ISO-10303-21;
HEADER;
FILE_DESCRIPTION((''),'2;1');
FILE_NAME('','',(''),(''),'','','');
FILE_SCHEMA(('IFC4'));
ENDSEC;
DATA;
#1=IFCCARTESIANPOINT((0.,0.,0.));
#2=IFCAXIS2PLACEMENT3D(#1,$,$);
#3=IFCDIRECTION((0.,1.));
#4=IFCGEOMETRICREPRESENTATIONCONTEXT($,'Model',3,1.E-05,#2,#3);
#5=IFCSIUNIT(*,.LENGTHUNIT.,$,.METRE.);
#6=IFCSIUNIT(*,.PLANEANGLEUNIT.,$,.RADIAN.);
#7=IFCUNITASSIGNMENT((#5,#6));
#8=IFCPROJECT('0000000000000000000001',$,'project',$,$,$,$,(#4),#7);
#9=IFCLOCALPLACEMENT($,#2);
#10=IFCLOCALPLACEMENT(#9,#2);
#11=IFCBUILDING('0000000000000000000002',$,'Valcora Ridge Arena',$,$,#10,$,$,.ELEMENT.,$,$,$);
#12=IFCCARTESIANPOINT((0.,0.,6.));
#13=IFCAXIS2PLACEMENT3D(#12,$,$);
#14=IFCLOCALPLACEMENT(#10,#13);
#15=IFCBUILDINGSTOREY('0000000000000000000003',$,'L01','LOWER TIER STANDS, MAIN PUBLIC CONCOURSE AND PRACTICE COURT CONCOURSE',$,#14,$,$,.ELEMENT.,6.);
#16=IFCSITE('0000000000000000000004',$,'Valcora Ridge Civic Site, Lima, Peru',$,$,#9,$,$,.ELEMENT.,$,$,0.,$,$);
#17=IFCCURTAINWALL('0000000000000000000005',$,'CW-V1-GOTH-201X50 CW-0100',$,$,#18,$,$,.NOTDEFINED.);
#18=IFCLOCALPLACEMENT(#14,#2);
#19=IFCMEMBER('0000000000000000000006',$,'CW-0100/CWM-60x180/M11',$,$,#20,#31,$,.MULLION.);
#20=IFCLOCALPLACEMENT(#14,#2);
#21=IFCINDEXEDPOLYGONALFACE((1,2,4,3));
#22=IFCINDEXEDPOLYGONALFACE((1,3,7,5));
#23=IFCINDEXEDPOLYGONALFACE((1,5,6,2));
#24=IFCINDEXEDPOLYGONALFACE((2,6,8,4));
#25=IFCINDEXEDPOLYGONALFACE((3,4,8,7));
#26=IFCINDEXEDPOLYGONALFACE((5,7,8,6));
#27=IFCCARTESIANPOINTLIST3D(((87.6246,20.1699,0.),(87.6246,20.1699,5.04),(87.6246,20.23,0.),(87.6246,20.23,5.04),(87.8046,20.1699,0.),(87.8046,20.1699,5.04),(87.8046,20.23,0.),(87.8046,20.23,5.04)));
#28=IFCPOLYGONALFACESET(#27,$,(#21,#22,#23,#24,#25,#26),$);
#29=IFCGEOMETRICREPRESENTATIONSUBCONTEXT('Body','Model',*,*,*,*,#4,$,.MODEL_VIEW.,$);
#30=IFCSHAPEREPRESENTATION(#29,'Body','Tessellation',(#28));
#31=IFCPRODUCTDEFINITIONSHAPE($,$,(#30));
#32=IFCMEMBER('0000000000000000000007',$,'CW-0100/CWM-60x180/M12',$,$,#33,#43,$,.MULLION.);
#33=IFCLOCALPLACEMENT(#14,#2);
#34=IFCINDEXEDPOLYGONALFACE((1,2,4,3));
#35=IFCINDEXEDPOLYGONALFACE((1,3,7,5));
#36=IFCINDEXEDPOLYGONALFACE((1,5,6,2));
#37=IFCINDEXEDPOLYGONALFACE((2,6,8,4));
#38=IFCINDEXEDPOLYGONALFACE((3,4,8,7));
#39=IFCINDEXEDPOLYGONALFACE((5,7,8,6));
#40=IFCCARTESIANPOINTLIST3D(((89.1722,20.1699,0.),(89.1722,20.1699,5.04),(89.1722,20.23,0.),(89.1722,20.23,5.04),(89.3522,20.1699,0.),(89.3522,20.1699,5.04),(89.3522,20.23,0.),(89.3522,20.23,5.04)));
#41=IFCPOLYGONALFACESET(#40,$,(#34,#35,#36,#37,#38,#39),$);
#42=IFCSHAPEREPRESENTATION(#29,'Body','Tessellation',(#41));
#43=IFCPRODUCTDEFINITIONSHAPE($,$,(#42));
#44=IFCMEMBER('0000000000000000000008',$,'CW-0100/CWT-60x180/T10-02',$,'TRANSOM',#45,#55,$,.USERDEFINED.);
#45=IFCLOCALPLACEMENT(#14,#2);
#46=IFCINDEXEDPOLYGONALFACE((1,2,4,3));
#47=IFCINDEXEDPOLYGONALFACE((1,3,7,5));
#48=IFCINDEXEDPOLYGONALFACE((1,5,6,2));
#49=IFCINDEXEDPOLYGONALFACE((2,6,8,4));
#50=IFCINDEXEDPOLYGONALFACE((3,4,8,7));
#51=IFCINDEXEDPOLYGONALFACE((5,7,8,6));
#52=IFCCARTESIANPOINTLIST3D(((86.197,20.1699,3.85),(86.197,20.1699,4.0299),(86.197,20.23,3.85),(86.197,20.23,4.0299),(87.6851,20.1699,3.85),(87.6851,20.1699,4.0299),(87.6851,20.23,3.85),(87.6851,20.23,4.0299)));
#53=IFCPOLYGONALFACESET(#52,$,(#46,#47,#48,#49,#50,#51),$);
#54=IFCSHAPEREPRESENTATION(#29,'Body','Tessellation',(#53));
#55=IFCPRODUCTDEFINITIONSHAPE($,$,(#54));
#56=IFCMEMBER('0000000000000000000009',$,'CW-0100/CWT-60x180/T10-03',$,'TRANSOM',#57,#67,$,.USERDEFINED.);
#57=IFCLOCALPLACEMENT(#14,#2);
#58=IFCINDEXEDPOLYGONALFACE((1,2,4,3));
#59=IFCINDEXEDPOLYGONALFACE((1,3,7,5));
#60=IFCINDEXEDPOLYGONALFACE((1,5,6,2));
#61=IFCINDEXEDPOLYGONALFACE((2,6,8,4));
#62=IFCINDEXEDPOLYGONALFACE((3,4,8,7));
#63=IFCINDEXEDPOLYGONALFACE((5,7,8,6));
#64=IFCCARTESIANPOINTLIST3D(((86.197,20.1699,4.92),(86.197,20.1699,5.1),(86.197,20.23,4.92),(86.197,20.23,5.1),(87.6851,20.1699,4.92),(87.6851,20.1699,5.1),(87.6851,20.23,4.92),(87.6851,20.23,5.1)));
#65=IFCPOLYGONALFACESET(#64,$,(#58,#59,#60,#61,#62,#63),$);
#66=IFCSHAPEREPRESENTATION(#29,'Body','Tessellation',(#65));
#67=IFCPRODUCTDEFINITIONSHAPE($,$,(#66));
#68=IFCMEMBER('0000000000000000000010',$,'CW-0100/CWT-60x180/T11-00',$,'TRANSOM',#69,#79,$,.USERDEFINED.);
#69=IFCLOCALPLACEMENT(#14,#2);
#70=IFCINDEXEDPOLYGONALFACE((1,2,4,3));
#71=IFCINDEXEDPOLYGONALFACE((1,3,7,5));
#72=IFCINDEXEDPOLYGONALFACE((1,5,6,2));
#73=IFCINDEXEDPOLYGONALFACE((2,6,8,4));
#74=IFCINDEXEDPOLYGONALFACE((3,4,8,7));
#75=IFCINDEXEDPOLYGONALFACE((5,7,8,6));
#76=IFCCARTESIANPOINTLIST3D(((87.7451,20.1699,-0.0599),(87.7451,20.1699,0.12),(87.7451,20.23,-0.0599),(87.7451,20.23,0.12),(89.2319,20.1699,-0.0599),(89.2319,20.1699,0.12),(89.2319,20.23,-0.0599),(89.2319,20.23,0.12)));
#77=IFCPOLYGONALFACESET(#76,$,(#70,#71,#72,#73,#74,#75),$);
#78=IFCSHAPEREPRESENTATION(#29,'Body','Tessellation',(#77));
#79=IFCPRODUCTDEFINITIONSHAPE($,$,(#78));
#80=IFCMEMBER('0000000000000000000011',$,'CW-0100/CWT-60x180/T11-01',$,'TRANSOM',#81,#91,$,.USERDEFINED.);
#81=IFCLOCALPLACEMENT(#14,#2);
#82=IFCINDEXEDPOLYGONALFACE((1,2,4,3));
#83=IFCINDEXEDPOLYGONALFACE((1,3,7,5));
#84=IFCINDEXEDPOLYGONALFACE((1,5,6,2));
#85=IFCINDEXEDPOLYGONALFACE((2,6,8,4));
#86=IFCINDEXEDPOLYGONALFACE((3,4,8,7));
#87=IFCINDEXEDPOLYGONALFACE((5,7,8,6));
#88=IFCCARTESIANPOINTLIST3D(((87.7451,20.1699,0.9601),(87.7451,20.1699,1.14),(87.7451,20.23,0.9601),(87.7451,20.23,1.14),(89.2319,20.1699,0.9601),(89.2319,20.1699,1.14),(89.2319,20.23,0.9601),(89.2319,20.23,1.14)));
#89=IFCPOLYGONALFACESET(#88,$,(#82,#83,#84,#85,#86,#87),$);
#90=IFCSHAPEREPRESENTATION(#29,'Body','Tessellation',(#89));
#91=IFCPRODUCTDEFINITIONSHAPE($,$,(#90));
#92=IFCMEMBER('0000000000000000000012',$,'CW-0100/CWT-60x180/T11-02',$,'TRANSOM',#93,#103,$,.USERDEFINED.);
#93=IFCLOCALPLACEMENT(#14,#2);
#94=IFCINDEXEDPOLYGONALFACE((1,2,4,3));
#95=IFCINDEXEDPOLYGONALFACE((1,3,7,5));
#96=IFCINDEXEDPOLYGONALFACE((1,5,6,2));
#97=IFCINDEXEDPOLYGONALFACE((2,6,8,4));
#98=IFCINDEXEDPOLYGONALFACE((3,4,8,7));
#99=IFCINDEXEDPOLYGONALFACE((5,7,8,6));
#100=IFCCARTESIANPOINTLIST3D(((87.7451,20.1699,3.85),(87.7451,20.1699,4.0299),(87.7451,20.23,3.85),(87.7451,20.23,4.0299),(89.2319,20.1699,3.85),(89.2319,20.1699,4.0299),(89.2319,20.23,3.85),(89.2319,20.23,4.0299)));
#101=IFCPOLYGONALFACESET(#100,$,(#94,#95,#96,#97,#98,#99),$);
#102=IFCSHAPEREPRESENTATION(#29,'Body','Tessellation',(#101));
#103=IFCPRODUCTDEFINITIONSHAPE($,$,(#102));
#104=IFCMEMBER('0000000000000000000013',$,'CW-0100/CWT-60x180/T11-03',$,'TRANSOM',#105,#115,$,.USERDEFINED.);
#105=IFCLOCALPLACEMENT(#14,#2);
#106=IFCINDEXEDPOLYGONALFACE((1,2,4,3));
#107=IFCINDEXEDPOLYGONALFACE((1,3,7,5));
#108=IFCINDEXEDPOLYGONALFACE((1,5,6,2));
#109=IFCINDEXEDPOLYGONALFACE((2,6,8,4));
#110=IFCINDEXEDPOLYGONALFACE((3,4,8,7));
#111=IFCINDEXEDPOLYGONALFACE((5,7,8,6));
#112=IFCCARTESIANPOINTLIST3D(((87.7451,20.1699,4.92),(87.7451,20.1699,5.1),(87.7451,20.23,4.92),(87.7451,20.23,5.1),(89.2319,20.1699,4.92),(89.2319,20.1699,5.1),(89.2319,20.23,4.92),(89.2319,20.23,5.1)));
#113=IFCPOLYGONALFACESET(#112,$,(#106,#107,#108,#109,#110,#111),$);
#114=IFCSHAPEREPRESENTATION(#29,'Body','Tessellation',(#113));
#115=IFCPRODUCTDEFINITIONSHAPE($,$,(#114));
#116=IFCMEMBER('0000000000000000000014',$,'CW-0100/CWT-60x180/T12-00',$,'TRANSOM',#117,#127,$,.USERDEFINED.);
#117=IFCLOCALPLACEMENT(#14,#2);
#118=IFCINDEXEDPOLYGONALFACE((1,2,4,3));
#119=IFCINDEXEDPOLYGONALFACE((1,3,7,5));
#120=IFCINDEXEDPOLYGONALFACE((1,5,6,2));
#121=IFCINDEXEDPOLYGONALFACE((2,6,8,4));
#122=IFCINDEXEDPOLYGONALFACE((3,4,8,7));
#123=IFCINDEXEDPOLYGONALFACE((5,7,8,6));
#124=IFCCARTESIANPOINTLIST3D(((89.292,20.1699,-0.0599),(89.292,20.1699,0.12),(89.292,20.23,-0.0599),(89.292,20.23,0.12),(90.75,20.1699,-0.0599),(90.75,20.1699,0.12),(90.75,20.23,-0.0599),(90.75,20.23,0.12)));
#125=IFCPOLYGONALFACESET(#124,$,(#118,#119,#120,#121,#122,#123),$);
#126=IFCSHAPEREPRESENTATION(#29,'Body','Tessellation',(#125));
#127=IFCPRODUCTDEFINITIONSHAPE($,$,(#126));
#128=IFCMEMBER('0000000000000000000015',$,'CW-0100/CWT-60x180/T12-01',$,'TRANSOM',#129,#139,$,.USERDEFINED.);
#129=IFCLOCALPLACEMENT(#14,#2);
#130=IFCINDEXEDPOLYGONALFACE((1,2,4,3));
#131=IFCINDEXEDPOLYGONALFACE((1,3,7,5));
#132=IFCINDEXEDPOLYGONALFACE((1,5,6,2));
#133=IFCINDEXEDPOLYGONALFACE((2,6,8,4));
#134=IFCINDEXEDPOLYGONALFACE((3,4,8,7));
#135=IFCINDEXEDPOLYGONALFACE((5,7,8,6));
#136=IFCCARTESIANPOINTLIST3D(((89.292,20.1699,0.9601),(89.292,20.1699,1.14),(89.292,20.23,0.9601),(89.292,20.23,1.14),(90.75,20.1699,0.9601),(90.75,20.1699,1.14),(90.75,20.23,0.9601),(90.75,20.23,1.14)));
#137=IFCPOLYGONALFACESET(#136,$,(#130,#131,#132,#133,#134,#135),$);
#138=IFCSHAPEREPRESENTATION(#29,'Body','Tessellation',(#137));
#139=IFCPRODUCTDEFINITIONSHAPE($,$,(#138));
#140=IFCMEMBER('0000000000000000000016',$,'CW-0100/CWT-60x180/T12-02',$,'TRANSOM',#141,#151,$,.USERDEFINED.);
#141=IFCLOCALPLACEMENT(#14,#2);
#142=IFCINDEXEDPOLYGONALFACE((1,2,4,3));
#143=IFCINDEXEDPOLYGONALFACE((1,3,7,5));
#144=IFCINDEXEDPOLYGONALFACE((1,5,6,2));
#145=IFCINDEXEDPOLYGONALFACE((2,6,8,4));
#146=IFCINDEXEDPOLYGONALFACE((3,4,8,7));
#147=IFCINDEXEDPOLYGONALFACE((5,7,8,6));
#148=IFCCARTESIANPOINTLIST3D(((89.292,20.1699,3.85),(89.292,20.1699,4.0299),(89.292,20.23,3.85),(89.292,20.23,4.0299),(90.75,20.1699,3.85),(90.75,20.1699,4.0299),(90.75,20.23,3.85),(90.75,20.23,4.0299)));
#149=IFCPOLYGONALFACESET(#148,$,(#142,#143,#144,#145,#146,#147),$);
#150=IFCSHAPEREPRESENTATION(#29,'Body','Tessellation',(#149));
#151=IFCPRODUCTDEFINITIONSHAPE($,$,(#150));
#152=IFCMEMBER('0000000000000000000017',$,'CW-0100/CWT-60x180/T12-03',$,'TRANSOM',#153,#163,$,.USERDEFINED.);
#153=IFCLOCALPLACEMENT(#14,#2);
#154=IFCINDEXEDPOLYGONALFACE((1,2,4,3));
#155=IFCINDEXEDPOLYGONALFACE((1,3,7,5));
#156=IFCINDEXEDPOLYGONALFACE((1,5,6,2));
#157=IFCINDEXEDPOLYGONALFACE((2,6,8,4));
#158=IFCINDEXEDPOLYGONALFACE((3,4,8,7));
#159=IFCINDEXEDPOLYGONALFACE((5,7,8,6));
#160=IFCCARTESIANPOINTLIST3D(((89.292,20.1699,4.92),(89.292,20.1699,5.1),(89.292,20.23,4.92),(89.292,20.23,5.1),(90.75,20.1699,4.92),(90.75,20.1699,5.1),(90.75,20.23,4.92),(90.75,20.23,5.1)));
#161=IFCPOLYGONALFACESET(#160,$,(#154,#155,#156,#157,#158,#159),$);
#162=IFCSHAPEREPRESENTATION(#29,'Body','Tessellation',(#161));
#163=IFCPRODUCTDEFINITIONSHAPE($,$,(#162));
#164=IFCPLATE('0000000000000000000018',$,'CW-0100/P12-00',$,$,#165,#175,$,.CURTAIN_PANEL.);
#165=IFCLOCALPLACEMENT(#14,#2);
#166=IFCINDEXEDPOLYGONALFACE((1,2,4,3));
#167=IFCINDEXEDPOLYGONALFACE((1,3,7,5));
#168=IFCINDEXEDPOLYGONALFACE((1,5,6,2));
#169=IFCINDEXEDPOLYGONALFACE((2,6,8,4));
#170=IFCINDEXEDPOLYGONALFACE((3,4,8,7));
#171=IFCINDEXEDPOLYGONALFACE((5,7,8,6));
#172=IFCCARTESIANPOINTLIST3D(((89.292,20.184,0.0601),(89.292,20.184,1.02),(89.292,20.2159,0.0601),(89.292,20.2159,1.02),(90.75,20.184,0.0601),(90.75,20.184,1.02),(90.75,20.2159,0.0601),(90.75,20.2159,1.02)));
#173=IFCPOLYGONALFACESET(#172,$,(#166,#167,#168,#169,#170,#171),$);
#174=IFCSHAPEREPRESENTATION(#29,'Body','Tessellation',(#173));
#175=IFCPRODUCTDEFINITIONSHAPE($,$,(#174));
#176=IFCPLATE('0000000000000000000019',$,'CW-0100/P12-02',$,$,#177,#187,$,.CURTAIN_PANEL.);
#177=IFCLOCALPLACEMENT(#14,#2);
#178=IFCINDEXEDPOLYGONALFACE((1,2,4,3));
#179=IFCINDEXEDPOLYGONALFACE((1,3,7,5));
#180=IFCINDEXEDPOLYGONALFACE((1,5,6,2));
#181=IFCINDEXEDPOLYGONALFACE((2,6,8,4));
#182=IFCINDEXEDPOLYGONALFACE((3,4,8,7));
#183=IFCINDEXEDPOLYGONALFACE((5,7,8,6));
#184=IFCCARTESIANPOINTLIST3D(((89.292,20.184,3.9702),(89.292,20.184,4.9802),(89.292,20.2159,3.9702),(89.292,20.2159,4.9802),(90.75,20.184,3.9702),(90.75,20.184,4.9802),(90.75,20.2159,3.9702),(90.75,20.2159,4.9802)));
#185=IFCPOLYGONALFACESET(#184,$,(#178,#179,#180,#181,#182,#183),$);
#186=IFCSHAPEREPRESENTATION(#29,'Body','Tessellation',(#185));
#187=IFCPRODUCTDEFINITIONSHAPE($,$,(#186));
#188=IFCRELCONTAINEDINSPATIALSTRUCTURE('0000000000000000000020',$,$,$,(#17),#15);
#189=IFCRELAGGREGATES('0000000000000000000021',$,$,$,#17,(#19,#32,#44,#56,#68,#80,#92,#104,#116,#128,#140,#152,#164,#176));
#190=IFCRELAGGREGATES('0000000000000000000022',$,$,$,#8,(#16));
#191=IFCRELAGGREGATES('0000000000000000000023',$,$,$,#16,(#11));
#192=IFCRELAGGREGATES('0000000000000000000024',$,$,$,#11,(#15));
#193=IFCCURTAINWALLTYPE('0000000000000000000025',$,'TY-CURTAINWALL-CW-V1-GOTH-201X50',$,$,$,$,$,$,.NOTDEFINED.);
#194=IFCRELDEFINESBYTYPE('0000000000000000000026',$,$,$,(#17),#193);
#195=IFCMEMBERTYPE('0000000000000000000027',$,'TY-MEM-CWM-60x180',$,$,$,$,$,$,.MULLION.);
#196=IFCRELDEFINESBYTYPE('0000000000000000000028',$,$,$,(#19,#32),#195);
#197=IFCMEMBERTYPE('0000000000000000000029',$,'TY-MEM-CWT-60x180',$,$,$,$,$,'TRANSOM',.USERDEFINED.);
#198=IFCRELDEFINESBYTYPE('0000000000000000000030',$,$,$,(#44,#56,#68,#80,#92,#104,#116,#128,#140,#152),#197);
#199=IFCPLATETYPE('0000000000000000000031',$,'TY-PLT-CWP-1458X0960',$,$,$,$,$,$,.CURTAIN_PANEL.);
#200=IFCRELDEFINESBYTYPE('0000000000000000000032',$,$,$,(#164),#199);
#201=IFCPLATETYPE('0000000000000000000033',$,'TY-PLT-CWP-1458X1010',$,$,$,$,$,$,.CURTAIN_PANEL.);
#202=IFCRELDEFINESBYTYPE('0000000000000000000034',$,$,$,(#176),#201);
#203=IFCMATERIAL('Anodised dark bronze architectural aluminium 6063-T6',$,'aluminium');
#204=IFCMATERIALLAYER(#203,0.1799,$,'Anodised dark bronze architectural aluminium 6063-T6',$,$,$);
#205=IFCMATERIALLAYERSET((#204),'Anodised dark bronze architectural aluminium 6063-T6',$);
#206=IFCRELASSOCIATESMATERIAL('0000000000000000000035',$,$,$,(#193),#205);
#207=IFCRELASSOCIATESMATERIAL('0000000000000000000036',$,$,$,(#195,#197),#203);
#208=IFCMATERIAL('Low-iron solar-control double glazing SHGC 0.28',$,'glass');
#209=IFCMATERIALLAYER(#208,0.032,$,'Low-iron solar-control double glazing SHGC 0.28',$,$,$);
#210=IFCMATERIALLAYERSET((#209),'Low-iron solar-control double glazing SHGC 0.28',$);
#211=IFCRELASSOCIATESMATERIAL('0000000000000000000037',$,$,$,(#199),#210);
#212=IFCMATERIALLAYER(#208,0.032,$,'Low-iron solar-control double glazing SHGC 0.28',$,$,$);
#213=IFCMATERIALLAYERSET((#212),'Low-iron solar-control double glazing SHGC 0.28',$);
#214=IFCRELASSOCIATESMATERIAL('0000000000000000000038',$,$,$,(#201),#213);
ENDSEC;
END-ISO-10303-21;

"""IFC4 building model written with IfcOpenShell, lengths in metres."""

from ifc_helpers import new_model, si_unit, direction, frame, origin, origin_2d, place, context, subcontext, project, spatial, rectangle, extrude, material, layer, layer_set, material_profile, profile_set, type_object, element, aggregate, save


model = new_model("IFC4")

# Units and contexts
model_context = context("Model", 3, precision=1e-05, world=origin(), true_north=direction((0.0, 1.0)))
body_context = subcontext(model_context, "Body", "Model", "MODEL_VIEW")
ifc_project = project(units=[si_unit("LENGTHUNIT", "METRE"), si_unit("PLANEANGLEUNIT", "RADIAN")], contexts=[model_context])

# Site, building, storey
site_placement = place(None, origin())
site = spatial("IfcSite", under=ifc_project, at=site_placement, Name="Valcora Ridge Civic Site, Lima, Peru", CompositionType="ELEMENT", RefElevation=0.0)
building_placement = place(site_placement, origin())
building = spatial("IfcBuilding", under=site, at=building_placement, Name="Valcora Ridge Arena", CompositionType="ELEMENT")
storey_placement = place(building_placement, frame((0.0, 0.0, 6.0)))
storey = spatial("IfcBuildingStorey", under=building, at=storey_placement, Name="L01", Description="LOWER TIER STANDS, MAIN PUBLIC CONCOURSE AND PRACTICE COURT CONCOURSE", CompositionType="ELEMENT", Elevation=6.0)

# Curtain wall, members, plates
ifc_material_1 = material(Name="Anodised dark bronze architectural aluminium 6063-T6", Category="aluminium")
ifc_layer_1 = layer(ifc_material_1, 0.1799, Name="Anodised dark bronze architectural aluminium 6063-T6")
ifc_layer_set_1 = layer_set([ifc_layer_1], Name="Anodised dark bronze architectural aluminium 6063-T6")
curtain_wall_type = type_object("IfcCurtainWallType", Name="TY-CURTAINWALL-CW-V1-GOTH-201X50", PredefinedType="NOTDEFINED", material=ifc_layer_set_1)
curtain_wall_placement = place(storey_placement, origin())
curtain_wall = element("IfcCurtainWall", 1, at=curtain_wall_placement, inside=storey, type_object=curtain_wall_type, Name="CW-V1-GOTH-201X50 CW-0100", PredefinedType="NOTDEFINED")
ifc_material_profile_1 = material_profile(ifc_material_1, rectangle(XDim=0.0601, YDim=0.1799, at=origin_2d()), Name="ALU MULLION 60x180")
ifc_profile_set_1 = profile_set([ifc_material_profile_1], Name="Anodised dark bronze architectural aluminium 6063-T6")
member_type_1 = type_object("IfcMemberType", Name="TY-MEM-CWM-60x180", PredefinedType="MULLION", material=ifc_profile_set_1)
member_1_placement = place(storey_placement, frame((87.7146, 20.2, 0.0), z_axis=(0.0, 0.0, 1.0), x_axis=(0.0, 1.0, 0.0)))
member_1 = element("IfcMember", 2, at=member_1_placement, type_object=member_type_1, Name="CW-0100/CWM-60x180/M11", PredefinedType="MULLION", context=body_context, shape_type="SweptSolid", body=[
    extrude(rectangle(XDim=0.0601, YDim=0.1799, at=origin_2d()), origin(), (0.0, 0.0, 1.0), 5.04),
])
member_2_placement = place(storey_placement, frame((89.2622, 20.2, 0.0), z_axis=(0.0, 0.0, 1.0), x_axis=(0.0, 1.0, 0.0)))
member_2 = element("IfcMember", 3, at=member_2_placement, type_object=member_type_1, Name="CW-0100/CWM-60x180/M12", PredefinedType="MULLION", context=body_context, shape_type="SweptSolid", body=[
    extrude(rectangle(XDim=0.0601, YDim=0.1799, at=origin_2d()), origin(), (0.0, 0.0, 1.0), 5.04),
])
ifc_material_profile_2 = material_profile(ifc_material_1, rectangle(XDim=0.0601, YDim=0.1799, at=origin_2d()), Name="ALU TRANSOM 60x180")
ifc_profile_set_2 = profile_set([ifc_material_profile_2], Name="Anodised dark bronze architectural aluminium 6063-T6")
member_type_2 = type_object("IfcMemberType", Name="TY-MEM-CWT-60x180", ElementType="TRANSOM", PredefinedType="USERDEFINED", material=ifc_profile_set_2)
member_3_placement = place(storey_placement, frame((86.197, 20.2, 3.9399), z_axis=(1.0, 0.0, 0.0), x_axis=(0.0, 1.0, 0.0)))
member_3 = element("IfcMember", 4, at=member_3_placement, type_object=member_type_2, Name="CW-0100/CWT-60x180/T10-02", ObjectType="TRANSOM", PredefinedType="USERDEFINED", context=body_context, shape_type="SweptSolid", body=[
    extrude(rectangle(XDim=0.0601, YDim=0.1799, at=origin_2d()), origin(), (0.0, 0.0, 1.0), 1.488),
])
member_4_placement = place(storey_placement, frame((86.197, 20.2, 5.01), z_axis=(1.0, 0.0, 0.0), x_axis=(0.0, 1.0, 0.0)))
member_4 = element("IfcMember", 5, at=member_4_placement, type_object=member_type_2, Name="CW-0100/CWT-60x180/T10-03", ObjectType="TRANSOM", PredefinedType="USERDEFINED", context=body_context, shape_type="SweptSolid", body=[
    extrude(rectangle(XDim=0.0601, YDim=0.1799, at=origin_2d()), origin(), (0.0, 0.0, 1.0), 1.488),
])
member_5_placement = place(storey_placement, frame((87.7451, 20.2, 0.03), z_axis=(1.0, 0.0, 0.0), x_axis=(0.0, 1.0, 0.0)))
member_5 = element("IfcMember", 6, at=member_5_placement, type_object=member_type_2, Name="CW-0100/CWT-60x180/T11-00", ObjectType="TRANSOM", PredefinedType="USERDEFINED", context=body_context, shape_type="SweptSolid", body=[
    extrude(rectangle(XDim=0.0601, YDim=0.1799, at=origin_2d()), origin(), (0.0, 0.0, 1.0), 1.4868),
])
member_6_placement = place(storey_placement, frame((87.7451, 20.2, 1.05), z_axis=(1.0, 0.0, 0.0), x_axis=(0.0, 1.0, 0.0)))
member_6 = element("IfcMember", 7, at=member_6_placement, type_object=member_type_2, Name="CW-0100/CWT-60x180/T11-01", ObjectType="TRANSOM", PredefinedType="USERDEFINED", context=body_context, shape_type="SweptSolid", body=[
    extrude(rectangle(XDim=0.0601, YDim=0.1799, at=origin_2d()), origin(), (0.0, 0.0, 1.0), 1.4868),
])
member_7_placement = place(storey_placement, frame((87.7451, 20.2, 3.9399), z_axis=(1.0, 0.0, 0.0), x_axis=(0.0, 1.0, 0.0)))
member_7 = element("IfcMember", 8, at=member_7_placement, type_object=member_type_2, Name="CW-0100/CWT-60x180/T11-02", ObjectType="TRANSOM", PredefinedType="USERDEFINED", context=body_context, shape_type="SweptSolid", body=[
    extrude(rectangle(XDim=0.0601, YDim=0.1799, at=origin_2d()), origin(), (0.0, 0.0, 1.0), 1.4868),
])
member_8_placement = place(storey_placement, frame((87.7451, 20.2, 5.01), z_axis=(1.0, 0.0, 0.0), x_axis=(0.0, 1.0, 0.0)))
member_8 = element("IfcMember", 9, at=member_8_placement, type_object=member_type_2, Name="CW-0100/CWT-60x180/T11-03", ObjectType="TRANSOM", PredefinedType="USERDEFINED", context=body_context, shape_type="SweptSolid", body=[
    extrude(rectangle(XDim=0.0601, YDim=0.1799, at=origin_2d()), origin(), (0.0, 0.0, 1.0), 1.4868),
])
member_9_placement = place(storey_placement, frame((89.292, 20.2, 0.03), z_axis=(1.0, 0.0, 0.0), x_axis=(0.0, 1.0, 0.0)))
member_9 = element("IfcMember", 10, at=member_9_placement, type_object=member_type_2, Name="CW-0100/CWT-60x180/T12-00", ObjectType="TRANSOM", PredefinedType="USERDEFINED", context=body_context, shape_type="SweptSolid", body=[
    extrude(rectangle(XDim=0.0601, YDim=0.1799, at=origin_2d()), origin(), (0.0, 0.0, 1.0), 1.458),
])
member_10_placement = place(storey_placement, frame((89.292, 20.2, 1.05), z_axis=(1.0, 0.0, 0.0), x_axis=(0.0, 1.0, 0.0)))
member_10 = element("IfcMember", 11, at=member_10_placement, type_object=member_type_2, Name="CW-0100/CWT-60x180/T12-01", ObjectType="TRANSOM", PredefinedType="USERDEFINED", context=body_context, shape_type="SweptSolid", body=[
    extrude(rectangle(XDim=0.0601, YDim=0.1799, at=origin_2d()), origin(), (0.0, 0.0, 1.0), 1.458),
])
member_11_placement = place(storey_placement, frame((89.292, 20.2, 3.9399), z_axis=(1.0, 0.0, 0.0), x_axis=(0.0, 1.0, 0.0)))
member_11 = element("IfcMember", 12, at=member_11_placement, type_object=member_type_2, Name="CW-0100/CWT-60x180/T12-02", ObjectType="TRANSOM", PredefinedType="USERDEFINED", context=body_context, shape_type="SweptSolid", body=[
    extrude(rectangle(XDim=0.0601, YDim=0.1799, at=origin_2d()), origin(), (0.0, 0.0, 1.0), 1.458),
])
member_12_placement = place(storey_placement, frame((89.292, 20.2, 5.01), z_axis=(1.0, 0.0, 0.0), x_axis=(0.0, 1.0, 0.0)))
member_12 = element("IfcMember", 13, at=member_12_placement, type_object=member_type_2, Name="CW-0100/CWT-60x180/T12-03", ObjectType="TRANSOM", PredefinedType="USERDEFINED", context=body_context, shape_type="SweptSolid", body=[
    extrude(rectangle(XDim=0.0601, YDim=0.1799, at=origin_2d()), origin(), (0.0, 0.0, 1.0), 1.458),
])
ifc_material_2 = material(Name="Low-iron solar-control double glazing SHGC 0.28", Category="glass")
ifc_layer_2 = layer(ifc_material_2, 0.032, Name="Low-iron solar-control double glazing SHGC 0.28")
ifc_layer_set_2 = layer_set([ifc_layer_2], Name="Low-iron solar-control double glazing SHGC 0.28")
plate_type_1 = type_object("IfcPlateType", Name="TY-PLT-CWP-1458X0960", PredefinedType="CURTAIN_PANEL", material=ifc_layer_set_2)
plate_1_placement = place(storey_placement, frame((90.021, 20.2, 0.0601), z_axis=(0.0, 0.0, 1.0), x_axis=(1.0, 0.0, 0.0)))
plate_1 = element("IfcPlate", 14, at=plate_1_placement, type_object=plate_type_1, Name="CW-0100/P12-00", PredefinedType="CURTAIN_PANEL", context=body_context, shape_type="SweptSolid", body=[
    extrude(rectangle(XDim=1.458, YDim=0.032, at=origin_2d()), origin(), (0.0, 0.0, 1.0), 0.96),
])
ifc_layer_3 = layer(ifc_material_2, 0.032, Name="Low-iron solar-control double glazing SHGC 0.28")
ifc_layer_set_3 = layer_set([ifc_layer_3], Name="Low-iron solar-control double glazing SHGC 0.28")
plate_type_2 = type_object("IfcPlateType", Name="TY-PLT-CWP-1458X1010", PredefinedType="CURTAIN_PANEL", material=ifc_layer_set_3)
plate_2_placement = place(storey_placement, frame((90.021, 20.2, 3.9702), z_axis=(0.0, 0.0, 1.0), x_axis=(1.0, 0.0, 0.0)))
plate_2 = element("IfcPlate", 15, at=plate_2_placement, type_object=plate_type_2, Name="CW-0100/P12-02", PredefinedType="CURTAIN_PANEL", context=body_context, shape_type="SweptSolid", body=[
    extrude(rectangle(XDim=1.458, YDim=0.032, at=origin_2d()), origin(), (0.0, 0.0, 1.0), 1.01),
])
aggregate(curtain_wall, [member_1, member_2, member_3, member_4, member_5, member_6, member_7, member_8, member_9, member_10, member_11, member_12, plate_1, plate_2])

save(model, "model.ifc")
